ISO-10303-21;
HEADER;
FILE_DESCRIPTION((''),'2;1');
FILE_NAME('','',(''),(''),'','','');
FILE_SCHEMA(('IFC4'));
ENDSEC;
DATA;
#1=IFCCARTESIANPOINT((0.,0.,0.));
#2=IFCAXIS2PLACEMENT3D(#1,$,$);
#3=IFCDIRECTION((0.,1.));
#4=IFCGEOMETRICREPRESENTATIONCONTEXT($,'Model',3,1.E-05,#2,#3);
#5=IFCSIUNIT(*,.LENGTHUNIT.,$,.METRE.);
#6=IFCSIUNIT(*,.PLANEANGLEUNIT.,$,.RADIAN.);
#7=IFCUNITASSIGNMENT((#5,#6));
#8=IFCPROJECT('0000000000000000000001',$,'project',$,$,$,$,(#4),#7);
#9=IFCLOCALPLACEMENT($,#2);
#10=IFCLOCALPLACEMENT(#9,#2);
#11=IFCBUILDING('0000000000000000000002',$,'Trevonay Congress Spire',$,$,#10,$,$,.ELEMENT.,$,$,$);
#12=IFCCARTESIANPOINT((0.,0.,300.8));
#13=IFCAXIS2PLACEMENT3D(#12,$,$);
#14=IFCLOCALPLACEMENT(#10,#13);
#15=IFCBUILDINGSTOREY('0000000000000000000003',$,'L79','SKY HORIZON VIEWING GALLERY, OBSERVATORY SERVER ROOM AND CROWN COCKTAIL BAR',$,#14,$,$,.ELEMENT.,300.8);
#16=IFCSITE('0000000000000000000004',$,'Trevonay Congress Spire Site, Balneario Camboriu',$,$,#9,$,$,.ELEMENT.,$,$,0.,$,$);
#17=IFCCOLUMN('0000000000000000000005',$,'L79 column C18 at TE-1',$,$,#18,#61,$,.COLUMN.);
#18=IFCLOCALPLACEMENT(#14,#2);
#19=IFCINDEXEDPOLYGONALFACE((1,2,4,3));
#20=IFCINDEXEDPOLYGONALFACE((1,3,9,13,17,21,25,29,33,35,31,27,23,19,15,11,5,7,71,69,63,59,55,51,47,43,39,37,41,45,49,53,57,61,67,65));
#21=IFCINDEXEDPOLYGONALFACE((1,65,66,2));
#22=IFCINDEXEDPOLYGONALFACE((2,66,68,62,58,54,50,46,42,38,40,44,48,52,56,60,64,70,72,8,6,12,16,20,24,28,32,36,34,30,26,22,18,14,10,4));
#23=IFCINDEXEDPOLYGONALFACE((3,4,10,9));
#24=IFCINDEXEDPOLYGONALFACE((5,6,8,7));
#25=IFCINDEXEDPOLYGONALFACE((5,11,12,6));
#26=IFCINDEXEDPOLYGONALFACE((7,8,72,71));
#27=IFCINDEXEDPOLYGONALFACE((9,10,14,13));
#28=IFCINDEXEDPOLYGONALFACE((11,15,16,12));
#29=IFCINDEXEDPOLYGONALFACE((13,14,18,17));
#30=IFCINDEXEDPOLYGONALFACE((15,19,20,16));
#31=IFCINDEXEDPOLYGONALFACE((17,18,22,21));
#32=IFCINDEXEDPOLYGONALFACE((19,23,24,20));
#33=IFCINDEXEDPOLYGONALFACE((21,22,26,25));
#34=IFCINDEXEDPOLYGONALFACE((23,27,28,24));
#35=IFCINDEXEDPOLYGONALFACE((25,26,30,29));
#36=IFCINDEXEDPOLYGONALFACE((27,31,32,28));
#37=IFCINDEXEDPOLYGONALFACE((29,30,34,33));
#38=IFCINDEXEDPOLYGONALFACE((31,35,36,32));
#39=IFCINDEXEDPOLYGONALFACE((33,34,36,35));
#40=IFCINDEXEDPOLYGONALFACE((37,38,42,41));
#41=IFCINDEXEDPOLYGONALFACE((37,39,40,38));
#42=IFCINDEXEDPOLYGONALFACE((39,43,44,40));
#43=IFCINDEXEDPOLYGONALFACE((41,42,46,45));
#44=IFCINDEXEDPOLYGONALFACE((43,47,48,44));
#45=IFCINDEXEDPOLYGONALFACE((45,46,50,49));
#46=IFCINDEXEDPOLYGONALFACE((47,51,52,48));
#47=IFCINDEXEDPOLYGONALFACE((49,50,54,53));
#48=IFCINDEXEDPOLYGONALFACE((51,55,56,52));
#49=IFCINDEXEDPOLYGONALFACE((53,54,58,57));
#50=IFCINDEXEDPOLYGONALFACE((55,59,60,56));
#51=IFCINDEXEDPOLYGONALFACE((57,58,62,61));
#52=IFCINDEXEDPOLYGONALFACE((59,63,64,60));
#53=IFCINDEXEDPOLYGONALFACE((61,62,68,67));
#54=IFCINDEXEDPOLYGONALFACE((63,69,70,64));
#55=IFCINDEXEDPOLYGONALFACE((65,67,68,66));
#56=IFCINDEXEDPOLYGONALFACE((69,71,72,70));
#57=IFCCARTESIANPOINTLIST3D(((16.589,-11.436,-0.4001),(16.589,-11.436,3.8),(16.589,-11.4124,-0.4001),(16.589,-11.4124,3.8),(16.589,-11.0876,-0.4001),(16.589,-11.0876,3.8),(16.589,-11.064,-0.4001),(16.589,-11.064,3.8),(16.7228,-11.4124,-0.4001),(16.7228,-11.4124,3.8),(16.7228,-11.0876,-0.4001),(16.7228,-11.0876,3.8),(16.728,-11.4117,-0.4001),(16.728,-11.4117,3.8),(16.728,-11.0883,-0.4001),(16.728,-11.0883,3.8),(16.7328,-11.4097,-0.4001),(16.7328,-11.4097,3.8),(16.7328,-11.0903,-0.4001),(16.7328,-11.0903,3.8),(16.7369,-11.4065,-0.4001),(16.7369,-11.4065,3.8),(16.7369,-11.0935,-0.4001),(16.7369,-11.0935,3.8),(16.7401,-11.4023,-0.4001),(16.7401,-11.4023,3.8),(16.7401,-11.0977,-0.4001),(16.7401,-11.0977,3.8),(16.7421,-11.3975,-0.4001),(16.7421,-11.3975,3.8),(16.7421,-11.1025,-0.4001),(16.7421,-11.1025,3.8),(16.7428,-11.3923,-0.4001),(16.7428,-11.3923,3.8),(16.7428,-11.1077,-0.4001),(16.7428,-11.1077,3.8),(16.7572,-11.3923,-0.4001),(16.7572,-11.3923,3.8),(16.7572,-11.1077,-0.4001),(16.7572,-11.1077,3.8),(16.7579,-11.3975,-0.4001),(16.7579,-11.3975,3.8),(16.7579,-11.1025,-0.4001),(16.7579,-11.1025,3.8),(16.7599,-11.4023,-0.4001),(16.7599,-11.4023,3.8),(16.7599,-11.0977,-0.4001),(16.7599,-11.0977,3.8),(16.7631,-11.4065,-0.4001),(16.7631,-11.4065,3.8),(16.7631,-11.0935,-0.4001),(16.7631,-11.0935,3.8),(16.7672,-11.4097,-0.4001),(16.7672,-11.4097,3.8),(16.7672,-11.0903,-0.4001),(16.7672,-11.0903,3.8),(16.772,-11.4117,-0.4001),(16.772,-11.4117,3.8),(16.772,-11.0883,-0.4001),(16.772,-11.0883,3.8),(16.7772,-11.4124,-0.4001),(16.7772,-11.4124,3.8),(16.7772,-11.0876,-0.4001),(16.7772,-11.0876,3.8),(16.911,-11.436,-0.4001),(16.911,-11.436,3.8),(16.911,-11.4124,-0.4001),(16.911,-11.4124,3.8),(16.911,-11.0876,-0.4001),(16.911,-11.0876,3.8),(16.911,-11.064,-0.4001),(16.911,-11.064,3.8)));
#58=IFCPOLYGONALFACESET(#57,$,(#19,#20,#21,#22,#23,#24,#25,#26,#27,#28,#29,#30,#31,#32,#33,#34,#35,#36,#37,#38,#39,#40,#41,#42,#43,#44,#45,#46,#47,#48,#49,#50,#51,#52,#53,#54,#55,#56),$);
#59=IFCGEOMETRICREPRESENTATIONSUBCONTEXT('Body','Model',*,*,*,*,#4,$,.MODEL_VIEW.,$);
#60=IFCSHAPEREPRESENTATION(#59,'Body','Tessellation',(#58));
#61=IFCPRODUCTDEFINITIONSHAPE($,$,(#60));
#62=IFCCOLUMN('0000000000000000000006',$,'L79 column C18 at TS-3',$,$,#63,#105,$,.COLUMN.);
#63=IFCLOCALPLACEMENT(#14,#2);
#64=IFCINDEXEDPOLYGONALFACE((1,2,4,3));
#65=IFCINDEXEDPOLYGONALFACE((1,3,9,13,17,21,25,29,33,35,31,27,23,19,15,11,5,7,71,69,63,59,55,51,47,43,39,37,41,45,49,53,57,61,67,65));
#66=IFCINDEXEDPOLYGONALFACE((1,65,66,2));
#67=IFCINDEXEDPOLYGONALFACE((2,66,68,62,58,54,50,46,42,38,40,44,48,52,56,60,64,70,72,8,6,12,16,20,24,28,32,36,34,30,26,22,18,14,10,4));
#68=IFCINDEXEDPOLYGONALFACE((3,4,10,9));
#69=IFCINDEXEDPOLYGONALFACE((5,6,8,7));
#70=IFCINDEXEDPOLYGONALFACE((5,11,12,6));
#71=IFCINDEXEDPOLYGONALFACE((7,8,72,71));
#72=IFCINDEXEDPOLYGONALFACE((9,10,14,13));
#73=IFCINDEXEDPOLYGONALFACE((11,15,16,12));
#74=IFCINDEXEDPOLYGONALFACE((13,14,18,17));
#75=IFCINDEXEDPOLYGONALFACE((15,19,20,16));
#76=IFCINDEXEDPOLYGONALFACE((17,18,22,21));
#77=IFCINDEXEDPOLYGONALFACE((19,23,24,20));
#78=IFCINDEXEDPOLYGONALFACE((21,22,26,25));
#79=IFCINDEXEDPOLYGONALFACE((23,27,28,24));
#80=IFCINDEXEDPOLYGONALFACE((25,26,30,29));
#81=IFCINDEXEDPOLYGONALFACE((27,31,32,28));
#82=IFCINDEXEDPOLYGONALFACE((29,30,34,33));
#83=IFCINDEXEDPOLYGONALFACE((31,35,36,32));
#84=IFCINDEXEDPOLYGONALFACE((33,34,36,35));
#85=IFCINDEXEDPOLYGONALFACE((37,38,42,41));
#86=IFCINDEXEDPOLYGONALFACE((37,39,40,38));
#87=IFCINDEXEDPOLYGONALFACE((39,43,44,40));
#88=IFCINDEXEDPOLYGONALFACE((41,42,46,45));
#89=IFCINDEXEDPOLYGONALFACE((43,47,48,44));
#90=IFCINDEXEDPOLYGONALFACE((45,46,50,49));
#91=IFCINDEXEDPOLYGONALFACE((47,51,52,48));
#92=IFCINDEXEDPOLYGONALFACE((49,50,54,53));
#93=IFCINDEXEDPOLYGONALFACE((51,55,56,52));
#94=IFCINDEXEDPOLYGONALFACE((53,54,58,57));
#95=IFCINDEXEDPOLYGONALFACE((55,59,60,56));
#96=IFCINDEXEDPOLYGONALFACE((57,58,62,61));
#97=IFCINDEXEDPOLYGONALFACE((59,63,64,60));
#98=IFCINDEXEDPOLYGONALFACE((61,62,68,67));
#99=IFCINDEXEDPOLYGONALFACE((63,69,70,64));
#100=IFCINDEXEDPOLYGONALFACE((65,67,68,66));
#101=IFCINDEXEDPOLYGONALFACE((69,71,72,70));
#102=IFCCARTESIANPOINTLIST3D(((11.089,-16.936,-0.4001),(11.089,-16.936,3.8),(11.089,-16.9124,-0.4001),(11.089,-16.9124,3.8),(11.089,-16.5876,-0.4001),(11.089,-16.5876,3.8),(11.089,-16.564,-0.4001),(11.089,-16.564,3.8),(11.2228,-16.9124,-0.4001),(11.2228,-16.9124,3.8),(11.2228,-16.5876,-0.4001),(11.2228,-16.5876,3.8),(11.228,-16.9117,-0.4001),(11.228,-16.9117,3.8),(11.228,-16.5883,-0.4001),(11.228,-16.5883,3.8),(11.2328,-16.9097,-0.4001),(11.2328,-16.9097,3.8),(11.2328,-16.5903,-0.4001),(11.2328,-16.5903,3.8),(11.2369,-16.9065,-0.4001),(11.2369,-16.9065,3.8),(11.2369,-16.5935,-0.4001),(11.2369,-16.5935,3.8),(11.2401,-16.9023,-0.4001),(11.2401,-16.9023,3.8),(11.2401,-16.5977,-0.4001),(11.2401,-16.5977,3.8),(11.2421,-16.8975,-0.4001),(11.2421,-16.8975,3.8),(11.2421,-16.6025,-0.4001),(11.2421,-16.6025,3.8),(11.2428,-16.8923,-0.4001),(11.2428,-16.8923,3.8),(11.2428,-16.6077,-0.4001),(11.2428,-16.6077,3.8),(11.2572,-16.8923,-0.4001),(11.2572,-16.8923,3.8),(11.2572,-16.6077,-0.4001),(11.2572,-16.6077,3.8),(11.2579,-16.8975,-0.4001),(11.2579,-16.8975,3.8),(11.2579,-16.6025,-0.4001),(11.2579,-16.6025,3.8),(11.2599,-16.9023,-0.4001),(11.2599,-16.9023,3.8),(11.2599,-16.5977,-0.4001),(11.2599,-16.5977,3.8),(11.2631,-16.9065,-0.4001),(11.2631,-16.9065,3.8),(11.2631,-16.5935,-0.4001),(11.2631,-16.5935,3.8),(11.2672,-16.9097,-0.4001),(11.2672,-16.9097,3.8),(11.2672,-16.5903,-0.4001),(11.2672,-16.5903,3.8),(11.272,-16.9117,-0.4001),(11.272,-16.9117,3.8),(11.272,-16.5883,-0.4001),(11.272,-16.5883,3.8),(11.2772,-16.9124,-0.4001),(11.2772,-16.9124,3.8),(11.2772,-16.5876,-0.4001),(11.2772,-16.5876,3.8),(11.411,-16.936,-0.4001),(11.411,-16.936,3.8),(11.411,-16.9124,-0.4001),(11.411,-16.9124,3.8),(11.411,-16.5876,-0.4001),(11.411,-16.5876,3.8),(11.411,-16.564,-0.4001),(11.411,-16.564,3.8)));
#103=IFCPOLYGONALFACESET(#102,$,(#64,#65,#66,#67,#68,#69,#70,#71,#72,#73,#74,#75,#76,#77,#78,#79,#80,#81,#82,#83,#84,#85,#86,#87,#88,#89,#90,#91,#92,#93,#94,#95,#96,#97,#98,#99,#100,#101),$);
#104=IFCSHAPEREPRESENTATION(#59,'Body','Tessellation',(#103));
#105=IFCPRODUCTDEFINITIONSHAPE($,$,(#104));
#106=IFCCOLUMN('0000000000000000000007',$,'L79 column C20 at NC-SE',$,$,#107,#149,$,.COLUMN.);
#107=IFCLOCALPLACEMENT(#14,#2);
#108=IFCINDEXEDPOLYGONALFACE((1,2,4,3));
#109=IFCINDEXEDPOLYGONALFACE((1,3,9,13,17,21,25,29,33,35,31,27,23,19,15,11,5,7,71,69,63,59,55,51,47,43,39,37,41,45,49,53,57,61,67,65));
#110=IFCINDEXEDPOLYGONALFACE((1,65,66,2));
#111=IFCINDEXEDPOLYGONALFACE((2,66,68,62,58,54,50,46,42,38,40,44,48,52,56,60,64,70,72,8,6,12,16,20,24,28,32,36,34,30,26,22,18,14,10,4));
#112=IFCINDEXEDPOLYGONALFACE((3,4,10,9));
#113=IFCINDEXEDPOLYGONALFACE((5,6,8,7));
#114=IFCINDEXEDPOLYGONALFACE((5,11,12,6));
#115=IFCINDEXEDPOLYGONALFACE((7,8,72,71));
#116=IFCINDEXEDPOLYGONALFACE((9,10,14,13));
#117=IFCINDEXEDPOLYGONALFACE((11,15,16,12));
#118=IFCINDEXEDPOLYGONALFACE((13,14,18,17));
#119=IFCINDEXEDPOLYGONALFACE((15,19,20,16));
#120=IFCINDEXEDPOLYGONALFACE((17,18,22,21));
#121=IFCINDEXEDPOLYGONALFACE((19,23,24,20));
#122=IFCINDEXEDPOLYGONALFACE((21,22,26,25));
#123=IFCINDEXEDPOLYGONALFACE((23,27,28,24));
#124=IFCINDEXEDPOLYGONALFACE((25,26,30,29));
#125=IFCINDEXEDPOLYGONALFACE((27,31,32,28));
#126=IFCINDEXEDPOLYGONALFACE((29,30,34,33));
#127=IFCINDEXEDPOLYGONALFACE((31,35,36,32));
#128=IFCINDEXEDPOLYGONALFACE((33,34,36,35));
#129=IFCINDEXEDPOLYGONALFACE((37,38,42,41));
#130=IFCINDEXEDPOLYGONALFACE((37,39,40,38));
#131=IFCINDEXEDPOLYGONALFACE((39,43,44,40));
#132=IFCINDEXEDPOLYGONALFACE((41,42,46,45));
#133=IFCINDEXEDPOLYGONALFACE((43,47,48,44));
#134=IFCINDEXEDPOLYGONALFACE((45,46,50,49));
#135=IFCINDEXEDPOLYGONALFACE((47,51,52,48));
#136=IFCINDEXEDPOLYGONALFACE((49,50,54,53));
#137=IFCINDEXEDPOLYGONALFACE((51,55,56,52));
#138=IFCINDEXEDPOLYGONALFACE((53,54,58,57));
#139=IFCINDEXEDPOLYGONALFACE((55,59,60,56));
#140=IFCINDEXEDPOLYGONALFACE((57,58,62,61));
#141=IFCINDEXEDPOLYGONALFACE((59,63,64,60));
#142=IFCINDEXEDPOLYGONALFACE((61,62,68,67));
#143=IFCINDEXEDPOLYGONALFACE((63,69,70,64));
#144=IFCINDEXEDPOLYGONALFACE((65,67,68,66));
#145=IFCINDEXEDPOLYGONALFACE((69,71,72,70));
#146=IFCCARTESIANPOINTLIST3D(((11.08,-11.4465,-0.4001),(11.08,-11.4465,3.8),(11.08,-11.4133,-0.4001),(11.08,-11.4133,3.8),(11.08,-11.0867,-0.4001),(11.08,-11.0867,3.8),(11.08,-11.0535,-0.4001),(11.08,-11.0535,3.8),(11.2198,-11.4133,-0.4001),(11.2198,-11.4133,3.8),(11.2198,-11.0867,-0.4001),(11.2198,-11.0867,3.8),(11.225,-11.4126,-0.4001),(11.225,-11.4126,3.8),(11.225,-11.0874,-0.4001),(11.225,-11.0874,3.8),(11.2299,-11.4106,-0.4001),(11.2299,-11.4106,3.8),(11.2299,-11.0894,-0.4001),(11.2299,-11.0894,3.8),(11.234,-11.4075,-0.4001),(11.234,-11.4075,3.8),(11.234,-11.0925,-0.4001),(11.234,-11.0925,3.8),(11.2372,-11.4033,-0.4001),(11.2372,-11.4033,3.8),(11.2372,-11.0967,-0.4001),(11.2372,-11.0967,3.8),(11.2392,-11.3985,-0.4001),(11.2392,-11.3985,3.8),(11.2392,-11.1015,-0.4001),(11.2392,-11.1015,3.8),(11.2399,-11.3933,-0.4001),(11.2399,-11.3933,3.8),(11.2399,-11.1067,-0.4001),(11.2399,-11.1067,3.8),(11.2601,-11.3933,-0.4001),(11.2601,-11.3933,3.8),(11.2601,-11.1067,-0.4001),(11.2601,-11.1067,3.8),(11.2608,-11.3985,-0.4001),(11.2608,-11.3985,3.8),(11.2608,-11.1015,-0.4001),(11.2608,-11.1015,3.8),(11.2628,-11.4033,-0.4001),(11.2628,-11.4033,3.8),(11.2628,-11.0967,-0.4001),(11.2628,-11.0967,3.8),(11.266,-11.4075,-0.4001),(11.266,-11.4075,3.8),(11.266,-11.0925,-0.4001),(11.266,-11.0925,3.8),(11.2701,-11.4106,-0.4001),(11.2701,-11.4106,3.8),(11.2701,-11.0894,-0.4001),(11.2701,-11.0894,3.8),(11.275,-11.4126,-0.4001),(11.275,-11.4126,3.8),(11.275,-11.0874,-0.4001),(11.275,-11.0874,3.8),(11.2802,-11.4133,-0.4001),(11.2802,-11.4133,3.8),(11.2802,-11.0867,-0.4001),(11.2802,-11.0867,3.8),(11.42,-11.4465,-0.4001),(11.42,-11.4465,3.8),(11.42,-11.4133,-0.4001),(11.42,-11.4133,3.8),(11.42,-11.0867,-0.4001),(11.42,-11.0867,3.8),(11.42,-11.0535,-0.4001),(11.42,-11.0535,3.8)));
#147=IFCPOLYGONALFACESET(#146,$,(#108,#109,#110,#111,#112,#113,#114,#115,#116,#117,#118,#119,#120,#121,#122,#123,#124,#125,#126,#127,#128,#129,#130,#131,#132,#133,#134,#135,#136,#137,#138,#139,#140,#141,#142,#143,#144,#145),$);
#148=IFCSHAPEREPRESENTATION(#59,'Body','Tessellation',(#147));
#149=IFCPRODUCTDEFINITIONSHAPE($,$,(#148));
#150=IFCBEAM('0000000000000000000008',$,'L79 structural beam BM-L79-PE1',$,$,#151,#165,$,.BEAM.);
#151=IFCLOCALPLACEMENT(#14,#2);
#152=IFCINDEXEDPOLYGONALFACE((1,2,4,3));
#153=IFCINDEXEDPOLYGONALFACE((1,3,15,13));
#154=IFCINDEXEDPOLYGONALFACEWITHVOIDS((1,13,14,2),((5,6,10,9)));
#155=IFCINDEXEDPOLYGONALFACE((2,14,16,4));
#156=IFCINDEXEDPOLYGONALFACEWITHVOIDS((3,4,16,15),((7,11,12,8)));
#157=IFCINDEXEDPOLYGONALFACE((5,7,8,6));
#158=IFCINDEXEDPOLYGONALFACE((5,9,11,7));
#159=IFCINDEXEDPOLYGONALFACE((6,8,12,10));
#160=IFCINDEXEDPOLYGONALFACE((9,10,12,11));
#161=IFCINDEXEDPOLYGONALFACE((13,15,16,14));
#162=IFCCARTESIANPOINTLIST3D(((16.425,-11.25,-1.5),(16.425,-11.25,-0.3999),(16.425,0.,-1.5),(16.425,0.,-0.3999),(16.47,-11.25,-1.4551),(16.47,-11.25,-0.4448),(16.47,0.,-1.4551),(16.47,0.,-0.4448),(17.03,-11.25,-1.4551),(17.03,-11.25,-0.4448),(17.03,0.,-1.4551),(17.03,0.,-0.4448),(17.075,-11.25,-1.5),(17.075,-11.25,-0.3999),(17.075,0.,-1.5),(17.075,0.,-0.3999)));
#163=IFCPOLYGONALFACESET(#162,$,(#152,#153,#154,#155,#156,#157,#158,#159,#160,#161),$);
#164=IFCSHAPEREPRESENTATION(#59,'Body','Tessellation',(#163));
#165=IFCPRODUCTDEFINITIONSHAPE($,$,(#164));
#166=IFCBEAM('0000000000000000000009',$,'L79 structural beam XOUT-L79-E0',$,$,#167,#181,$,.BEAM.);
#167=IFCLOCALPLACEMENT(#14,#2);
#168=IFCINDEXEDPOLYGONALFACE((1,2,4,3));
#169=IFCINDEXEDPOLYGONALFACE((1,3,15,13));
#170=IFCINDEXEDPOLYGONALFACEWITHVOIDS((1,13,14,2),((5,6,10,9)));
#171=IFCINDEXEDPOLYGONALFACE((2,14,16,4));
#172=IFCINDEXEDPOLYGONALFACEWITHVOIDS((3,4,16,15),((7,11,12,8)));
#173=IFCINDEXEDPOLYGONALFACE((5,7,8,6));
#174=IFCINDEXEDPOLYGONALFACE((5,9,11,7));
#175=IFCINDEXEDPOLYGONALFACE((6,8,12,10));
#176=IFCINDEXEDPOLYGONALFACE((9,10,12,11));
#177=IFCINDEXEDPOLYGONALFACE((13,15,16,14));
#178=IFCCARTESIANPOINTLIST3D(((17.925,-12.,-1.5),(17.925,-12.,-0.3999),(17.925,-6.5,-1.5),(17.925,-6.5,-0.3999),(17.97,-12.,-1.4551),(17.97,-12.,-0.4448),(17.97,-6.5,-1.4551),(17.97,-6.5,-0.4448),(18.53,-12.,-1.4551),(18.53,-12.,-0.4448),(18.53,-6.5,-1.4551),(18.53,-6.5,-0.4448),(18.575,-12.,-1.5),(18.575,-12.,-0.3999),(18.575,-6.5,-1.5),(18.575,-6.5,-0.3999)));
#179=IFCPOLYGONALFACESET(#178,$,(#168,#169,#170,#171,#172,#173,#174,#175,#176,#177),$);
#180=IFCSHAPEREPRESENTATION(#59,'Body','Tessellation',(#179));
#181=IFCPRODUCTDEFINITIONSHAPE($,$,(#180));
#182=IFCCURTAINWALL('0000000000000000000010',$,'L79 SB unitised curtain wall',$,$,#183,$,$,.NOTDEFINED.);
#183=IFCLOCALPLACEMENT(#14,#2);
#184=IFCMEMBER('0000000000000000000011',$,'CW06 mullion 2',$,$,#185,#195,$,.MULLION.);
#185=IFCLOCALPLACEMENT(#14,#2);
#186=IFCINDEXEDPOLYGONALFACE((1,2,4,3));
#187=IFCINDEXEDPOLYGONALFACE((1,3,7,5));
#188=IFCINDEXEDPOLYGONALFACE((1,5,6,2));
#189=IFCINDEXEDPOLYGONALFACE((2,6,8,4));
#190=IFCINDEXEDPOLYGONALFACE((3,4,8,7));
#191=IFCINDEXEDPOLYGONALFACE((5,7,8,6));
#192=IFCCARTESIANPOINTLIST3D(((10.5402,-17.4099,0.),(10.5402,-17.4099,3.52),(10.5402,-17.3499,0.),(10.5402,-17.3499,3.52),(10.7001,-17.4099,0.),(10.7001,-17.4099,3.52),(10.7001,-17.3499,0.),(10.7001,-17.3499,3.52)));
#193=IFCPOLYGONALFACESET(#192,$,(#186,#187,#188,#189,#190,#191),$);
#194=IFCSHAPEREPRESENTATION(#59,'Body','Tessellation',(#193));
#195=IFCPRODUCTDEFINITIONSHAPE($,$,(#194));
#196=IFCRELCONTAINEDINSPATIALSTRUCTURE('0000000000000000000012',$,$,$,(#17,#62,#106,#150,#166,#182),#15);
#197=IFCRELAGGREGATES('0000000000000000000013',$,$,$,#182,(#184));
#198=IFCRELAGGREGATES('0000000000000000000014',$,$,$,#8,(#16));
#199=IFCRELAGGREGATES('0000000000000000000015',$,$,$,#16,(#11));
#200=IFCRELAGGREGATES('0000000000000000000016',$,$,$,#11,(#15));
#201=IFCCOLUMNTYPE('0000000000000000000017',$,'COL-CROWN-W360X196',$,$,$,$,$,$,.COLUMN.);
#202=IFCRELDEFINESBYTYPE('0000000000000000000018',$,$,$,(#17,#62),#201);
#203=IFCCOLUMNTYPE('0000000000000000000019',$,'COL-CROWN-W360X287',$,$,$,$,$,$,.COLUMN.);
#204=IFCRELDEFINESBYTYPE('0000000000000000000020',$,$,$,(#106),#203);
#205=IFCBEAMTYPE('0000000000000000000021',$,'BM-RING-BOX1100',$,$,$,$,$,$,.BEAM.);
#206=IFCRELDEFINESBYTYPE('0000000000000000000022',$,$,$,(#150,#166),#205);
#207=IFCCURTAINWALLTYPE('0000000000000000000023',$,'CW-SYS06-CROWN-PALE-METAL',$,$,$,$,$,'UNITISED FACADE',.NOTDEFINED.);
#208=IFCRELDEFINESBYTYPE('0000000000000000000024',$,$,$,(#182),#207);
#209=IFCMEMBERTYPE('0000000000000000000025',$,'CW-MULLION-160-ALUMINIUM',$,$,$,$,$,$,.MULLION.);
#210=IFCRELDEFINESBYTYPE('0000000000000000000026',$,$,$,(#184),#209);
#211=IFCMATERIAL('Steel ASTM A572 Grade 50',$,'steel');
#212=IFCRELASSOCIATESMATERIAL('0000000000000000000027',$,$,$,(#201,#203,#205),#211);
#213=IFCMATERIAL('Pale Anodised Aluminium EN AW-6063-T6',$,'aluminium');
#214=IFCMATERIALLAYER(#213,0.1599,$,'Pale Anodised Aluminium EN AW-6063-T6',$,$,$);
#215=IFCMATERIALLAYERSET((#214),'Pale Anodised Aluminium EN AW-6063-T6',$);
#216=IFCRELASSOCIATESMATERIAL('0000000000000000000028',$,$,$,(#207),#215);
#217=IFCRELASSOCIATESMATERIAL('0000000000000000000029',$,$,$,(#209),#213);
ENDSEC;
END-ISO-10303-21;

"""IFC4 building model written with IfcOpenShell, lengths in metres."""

from ifc_helpers import new_model, si_unit, direction, frame, origin, origin_2d, place, context, subcontext, project, spatial, rectangle, hollow_rectangle, i_section, extrude, material, layer, layer_set, material_profile, profile_set, type_object, element, aggregate, save


model = new_model("IFC4")

# Units and contexts
model_context = context("Model", 3, precision=1e-05, world=origin(), true_north=direction((0.0, 1.0)))
body_context = subcontext(model_context, "Body", "Model", "MODEL_VIEW")
ifc_project = project(units=[si_unit("LENGTHUNIT", "METRE"), si_unit("PLANEANGLEUNIT", "RADIAN")], contexts=[model_context])

# Site, building, storey
site_placement = place(None, origin())
site = spatial("IfcSite", under=ifc_project, at=site_placement, Name="Trevonay Congress Spire Site, Balneario Camboriu", CompositionType="ELEMENT", RefElevation=0.0)
building_placement = place(site_placement, origin())
building = spatial("IfcBuilding", under=site, at=building_placement, Name="Trevonay Congress Spire", CompositionType="ELEMENT")
storey_placement = place(building_placement, frame((0.0, 0.0, 300.8)))
storey = spatial("IfcBuildingStorey", under=building, at=storey_placement, Name="L79", Description="SKY HORIZON VIEWING GALLERY, OBSERVATORY SERVER ROOM AND CROWN COCKTAIL BAR", CompositionType="ELEMENT", Elevation=300.8)

# Columns
ifc_material_1 = material(Name="Steel ASTM A572 Grade 50", Category="steel")
ifc_material_profile_1 = material_profile(ifc_material_1, i_section(OverallWidth=0.322, OverallDepth=0.3721, WebThickness=0.0144, FlangeThickness=0.0237, FilletRadius=0.02, at=origin_2d()), Name="W360x196")
ifc_profile_set_1 = profile_set([ifc_material_profile_1], Name="Steel ASTM A572 Grade 50")
column_type_1 = type_object("IfcColumnType", Name="COL-CROWN-W360X196", PredefinedType="COLUMN", material=ifc_profile_set_1)
for number, where, z_axis, x_axis, name in (
    (1, (16.75, -11.25, -0.4001), (0.0, 0.0, 1.0), (1.0, 0.0, 0.0), "L79 column C18 at TE-1"),
    (2, (11.25, -16.75, -0.4001), (0.0, 0.0, 1.0), (1.0, 0.0, 0.0), "L79 column C18 at TS-3"),
):
    element("IfcColumn", number, at=place(storey_placement, frame(where, z_axis=z_axis, x_axis=x_axis)), inside=storey, type_object=column_type_1, Name=name, PredefinedType="COLUMN", context=body_context, shape_type="SweptSolid", body=[
        extrude(i_section(OverallWidth=0.322, OverallDepth=0.3721, WebThickness=0.0144, FlangeThickness=0.0237, FilletRadius=0.02, at=origin_2d()), origin(), (0.0, 0.0, 1.0), 4.2002),
    ])
ifc_material_profile_2 = material_profile(ifc_material_1, i_section(OverallWidth=0.3401, OverallDepth=0.3931, WebThickness=0.0203, FlangeThickness=0.0332, FilletRadius=0.02, at=origin_2d()), Name="W360x287")
ifc_profile_set_2 = profile_set([ifc_material_profile_2], Name="Steel ASTM A572 Grade 50")
column_type_2 = type_object("IfcColumnType", Name="COL-CROWN-W360X287", PredefinedType="COLUMN", material=ifc_profile_set_2)
column_placement = place(storey_placement, frame((11.25, -11.25, -0.4001), z_axis=(0.0, 0.0, 1.0), x_axis=(1.0, 0.0, 0.0)))
element("IfcColumn", 3, at=column_placement, inside=storey, type_object=column_type_2, Name="L79 column C20 at NC-SE", PredefinedType="COLUMN", context=body_context, shape_type="SweptSolid", body=[
    extrude(i_section(OverallWidth=0.3401, OverallDepth=0.3931, WebThickness=0.0203, FlangeThickness=0.0332, FilletRadius=0.02, at=origin_2d()), origin(), (0.0, 0.0, 1.0), 4.2002),
])

# Beams
ifc_material_profile_3 = material_profile(ifc_material_1, hollow_rectangle(XDim=0.6499, YDim=1.1001, WallThickness=0.0449, at=origin_2d()), Name="BOX 1100x650x45")
ifc_profile_set_3 = profile_set([ifc_material_profile_3], Name="Steel ASTM A572 Grade 50")
beam_type_1 = type_object("IfcBeamType", Name="BM-RING-BOX1100", PredefinedType="BEAM", material=ifc_profile_set_3)
beam_1_placement = place(storey_placement, frame((16.75, -11.25, -0.95), z_axis=(0.0, 1.0, 0.0), x_axis=(-1.0, 0.0, 0.0)))
element("IfcBeam", 4, at=beam_1_placement, inside=storey, type_object=beam_type_1, Name="L79 structural beam BM-L79-PE1", PredefinedType="BEAM", context=body_context, shape_type="SweptSolid", body=[
    extrude(hollow_rectangle(XDim=0.6499, YDim=1.1001, WallThickness=0.0449, at=origin_2d()), origin(), (0.0, 0.0, 1.0), 11.25),
])
beam_2_placement = place(storey_placement, frame((18.25, -12.0, -0.95), z_axis=(0.0, 1.0, 0.0), x_axis=(-1.0, 0.0, 0.0)))
element("IfcBeam", 5, at=beam_2_placement, inside=storey, type_object=beam_type_1, Name="L79 structural beam XOUT-L79-E0", PredefinedType="BEAM", context=body_context, shape_type="SweptSolid", body=[
    extrude(hollow_rectangle(XDim=0.6499, YDim=1.1001, WallThickness=0.0449, at=origin_2d()), origin(), (0.0, 0.0, 1.0), 5.5),
])

# Curtain wall, member
ifc_material_2 = material(Name="Pale Anodised Aluminium EN AW-6063-T6", Category="aluminium")
ifc_layer_1 = layer(ifc_material_2, 0.1599, Name="Pale Anodised Aluminium EN AW-6063-T6")
ifc_layer_set_1 = layer_set([ifc_layer_1], Name="Pale Anodised Aluminium EN AW-6063-T6")
curtain_wall_type = type_object("IfcCurtainWallType", Name="CW-SYS06-CROWN-PALE-METAL", ElementType="UNITISED FACADE", PredefinedType="NOTDEFINED", material=ifc_layer_set_1)
curtain_wall_1_placement = place(storey_placement, origin())
curtain_wall_1 = element("IfcCurtainWall", 6, at=curtain_wall_1_placement, inside=storey, type_object=curtain_wall_type, Name="L79 SB unitised curtain wall", PredefinedType="NOTDEFINED")
ifc_material_profile_4 = material_profile(ifc_material_2, rectangle(XDim=0.0601, YDim=0.1599, at=origin_2d()), Name="CW-MULLION-160-ALUMINIUM")
ifc_profile_set_4 = profile_set([ifc_material_profile_4], Name="Pale Anodised Aluminium EN AW-6063-T6")
member_type_1 = type_object("IfcMemberType", Name="CW-MULLION-160-ALUMINIUM", PredefinedType="MULLION", material=ifc_profile_set_4)
member_1_placement = place(storey_placement, frame((10.6201, -17.3799, 0.0), z_axis=(0.0, 0.0, 1.0), x_axis=(0.0, 1.0, 0.0)))
member_1 = element("IfcMember", 7, at=member_1_placement, type_object=member_type_1, Name="CW06 mullion 2", PredefinedType="MULLION", context=body_context, shape_type="SweptSolid", body=[
    extrude(rectangle(XDim=0.0601, YDim=0.1599, at=origin_2d()), origin(), (0.0, 0.0, 1.0), 3.52),
])

aggregate(curtain_wall_1, [member_1])

save(model, "model.ifc")
